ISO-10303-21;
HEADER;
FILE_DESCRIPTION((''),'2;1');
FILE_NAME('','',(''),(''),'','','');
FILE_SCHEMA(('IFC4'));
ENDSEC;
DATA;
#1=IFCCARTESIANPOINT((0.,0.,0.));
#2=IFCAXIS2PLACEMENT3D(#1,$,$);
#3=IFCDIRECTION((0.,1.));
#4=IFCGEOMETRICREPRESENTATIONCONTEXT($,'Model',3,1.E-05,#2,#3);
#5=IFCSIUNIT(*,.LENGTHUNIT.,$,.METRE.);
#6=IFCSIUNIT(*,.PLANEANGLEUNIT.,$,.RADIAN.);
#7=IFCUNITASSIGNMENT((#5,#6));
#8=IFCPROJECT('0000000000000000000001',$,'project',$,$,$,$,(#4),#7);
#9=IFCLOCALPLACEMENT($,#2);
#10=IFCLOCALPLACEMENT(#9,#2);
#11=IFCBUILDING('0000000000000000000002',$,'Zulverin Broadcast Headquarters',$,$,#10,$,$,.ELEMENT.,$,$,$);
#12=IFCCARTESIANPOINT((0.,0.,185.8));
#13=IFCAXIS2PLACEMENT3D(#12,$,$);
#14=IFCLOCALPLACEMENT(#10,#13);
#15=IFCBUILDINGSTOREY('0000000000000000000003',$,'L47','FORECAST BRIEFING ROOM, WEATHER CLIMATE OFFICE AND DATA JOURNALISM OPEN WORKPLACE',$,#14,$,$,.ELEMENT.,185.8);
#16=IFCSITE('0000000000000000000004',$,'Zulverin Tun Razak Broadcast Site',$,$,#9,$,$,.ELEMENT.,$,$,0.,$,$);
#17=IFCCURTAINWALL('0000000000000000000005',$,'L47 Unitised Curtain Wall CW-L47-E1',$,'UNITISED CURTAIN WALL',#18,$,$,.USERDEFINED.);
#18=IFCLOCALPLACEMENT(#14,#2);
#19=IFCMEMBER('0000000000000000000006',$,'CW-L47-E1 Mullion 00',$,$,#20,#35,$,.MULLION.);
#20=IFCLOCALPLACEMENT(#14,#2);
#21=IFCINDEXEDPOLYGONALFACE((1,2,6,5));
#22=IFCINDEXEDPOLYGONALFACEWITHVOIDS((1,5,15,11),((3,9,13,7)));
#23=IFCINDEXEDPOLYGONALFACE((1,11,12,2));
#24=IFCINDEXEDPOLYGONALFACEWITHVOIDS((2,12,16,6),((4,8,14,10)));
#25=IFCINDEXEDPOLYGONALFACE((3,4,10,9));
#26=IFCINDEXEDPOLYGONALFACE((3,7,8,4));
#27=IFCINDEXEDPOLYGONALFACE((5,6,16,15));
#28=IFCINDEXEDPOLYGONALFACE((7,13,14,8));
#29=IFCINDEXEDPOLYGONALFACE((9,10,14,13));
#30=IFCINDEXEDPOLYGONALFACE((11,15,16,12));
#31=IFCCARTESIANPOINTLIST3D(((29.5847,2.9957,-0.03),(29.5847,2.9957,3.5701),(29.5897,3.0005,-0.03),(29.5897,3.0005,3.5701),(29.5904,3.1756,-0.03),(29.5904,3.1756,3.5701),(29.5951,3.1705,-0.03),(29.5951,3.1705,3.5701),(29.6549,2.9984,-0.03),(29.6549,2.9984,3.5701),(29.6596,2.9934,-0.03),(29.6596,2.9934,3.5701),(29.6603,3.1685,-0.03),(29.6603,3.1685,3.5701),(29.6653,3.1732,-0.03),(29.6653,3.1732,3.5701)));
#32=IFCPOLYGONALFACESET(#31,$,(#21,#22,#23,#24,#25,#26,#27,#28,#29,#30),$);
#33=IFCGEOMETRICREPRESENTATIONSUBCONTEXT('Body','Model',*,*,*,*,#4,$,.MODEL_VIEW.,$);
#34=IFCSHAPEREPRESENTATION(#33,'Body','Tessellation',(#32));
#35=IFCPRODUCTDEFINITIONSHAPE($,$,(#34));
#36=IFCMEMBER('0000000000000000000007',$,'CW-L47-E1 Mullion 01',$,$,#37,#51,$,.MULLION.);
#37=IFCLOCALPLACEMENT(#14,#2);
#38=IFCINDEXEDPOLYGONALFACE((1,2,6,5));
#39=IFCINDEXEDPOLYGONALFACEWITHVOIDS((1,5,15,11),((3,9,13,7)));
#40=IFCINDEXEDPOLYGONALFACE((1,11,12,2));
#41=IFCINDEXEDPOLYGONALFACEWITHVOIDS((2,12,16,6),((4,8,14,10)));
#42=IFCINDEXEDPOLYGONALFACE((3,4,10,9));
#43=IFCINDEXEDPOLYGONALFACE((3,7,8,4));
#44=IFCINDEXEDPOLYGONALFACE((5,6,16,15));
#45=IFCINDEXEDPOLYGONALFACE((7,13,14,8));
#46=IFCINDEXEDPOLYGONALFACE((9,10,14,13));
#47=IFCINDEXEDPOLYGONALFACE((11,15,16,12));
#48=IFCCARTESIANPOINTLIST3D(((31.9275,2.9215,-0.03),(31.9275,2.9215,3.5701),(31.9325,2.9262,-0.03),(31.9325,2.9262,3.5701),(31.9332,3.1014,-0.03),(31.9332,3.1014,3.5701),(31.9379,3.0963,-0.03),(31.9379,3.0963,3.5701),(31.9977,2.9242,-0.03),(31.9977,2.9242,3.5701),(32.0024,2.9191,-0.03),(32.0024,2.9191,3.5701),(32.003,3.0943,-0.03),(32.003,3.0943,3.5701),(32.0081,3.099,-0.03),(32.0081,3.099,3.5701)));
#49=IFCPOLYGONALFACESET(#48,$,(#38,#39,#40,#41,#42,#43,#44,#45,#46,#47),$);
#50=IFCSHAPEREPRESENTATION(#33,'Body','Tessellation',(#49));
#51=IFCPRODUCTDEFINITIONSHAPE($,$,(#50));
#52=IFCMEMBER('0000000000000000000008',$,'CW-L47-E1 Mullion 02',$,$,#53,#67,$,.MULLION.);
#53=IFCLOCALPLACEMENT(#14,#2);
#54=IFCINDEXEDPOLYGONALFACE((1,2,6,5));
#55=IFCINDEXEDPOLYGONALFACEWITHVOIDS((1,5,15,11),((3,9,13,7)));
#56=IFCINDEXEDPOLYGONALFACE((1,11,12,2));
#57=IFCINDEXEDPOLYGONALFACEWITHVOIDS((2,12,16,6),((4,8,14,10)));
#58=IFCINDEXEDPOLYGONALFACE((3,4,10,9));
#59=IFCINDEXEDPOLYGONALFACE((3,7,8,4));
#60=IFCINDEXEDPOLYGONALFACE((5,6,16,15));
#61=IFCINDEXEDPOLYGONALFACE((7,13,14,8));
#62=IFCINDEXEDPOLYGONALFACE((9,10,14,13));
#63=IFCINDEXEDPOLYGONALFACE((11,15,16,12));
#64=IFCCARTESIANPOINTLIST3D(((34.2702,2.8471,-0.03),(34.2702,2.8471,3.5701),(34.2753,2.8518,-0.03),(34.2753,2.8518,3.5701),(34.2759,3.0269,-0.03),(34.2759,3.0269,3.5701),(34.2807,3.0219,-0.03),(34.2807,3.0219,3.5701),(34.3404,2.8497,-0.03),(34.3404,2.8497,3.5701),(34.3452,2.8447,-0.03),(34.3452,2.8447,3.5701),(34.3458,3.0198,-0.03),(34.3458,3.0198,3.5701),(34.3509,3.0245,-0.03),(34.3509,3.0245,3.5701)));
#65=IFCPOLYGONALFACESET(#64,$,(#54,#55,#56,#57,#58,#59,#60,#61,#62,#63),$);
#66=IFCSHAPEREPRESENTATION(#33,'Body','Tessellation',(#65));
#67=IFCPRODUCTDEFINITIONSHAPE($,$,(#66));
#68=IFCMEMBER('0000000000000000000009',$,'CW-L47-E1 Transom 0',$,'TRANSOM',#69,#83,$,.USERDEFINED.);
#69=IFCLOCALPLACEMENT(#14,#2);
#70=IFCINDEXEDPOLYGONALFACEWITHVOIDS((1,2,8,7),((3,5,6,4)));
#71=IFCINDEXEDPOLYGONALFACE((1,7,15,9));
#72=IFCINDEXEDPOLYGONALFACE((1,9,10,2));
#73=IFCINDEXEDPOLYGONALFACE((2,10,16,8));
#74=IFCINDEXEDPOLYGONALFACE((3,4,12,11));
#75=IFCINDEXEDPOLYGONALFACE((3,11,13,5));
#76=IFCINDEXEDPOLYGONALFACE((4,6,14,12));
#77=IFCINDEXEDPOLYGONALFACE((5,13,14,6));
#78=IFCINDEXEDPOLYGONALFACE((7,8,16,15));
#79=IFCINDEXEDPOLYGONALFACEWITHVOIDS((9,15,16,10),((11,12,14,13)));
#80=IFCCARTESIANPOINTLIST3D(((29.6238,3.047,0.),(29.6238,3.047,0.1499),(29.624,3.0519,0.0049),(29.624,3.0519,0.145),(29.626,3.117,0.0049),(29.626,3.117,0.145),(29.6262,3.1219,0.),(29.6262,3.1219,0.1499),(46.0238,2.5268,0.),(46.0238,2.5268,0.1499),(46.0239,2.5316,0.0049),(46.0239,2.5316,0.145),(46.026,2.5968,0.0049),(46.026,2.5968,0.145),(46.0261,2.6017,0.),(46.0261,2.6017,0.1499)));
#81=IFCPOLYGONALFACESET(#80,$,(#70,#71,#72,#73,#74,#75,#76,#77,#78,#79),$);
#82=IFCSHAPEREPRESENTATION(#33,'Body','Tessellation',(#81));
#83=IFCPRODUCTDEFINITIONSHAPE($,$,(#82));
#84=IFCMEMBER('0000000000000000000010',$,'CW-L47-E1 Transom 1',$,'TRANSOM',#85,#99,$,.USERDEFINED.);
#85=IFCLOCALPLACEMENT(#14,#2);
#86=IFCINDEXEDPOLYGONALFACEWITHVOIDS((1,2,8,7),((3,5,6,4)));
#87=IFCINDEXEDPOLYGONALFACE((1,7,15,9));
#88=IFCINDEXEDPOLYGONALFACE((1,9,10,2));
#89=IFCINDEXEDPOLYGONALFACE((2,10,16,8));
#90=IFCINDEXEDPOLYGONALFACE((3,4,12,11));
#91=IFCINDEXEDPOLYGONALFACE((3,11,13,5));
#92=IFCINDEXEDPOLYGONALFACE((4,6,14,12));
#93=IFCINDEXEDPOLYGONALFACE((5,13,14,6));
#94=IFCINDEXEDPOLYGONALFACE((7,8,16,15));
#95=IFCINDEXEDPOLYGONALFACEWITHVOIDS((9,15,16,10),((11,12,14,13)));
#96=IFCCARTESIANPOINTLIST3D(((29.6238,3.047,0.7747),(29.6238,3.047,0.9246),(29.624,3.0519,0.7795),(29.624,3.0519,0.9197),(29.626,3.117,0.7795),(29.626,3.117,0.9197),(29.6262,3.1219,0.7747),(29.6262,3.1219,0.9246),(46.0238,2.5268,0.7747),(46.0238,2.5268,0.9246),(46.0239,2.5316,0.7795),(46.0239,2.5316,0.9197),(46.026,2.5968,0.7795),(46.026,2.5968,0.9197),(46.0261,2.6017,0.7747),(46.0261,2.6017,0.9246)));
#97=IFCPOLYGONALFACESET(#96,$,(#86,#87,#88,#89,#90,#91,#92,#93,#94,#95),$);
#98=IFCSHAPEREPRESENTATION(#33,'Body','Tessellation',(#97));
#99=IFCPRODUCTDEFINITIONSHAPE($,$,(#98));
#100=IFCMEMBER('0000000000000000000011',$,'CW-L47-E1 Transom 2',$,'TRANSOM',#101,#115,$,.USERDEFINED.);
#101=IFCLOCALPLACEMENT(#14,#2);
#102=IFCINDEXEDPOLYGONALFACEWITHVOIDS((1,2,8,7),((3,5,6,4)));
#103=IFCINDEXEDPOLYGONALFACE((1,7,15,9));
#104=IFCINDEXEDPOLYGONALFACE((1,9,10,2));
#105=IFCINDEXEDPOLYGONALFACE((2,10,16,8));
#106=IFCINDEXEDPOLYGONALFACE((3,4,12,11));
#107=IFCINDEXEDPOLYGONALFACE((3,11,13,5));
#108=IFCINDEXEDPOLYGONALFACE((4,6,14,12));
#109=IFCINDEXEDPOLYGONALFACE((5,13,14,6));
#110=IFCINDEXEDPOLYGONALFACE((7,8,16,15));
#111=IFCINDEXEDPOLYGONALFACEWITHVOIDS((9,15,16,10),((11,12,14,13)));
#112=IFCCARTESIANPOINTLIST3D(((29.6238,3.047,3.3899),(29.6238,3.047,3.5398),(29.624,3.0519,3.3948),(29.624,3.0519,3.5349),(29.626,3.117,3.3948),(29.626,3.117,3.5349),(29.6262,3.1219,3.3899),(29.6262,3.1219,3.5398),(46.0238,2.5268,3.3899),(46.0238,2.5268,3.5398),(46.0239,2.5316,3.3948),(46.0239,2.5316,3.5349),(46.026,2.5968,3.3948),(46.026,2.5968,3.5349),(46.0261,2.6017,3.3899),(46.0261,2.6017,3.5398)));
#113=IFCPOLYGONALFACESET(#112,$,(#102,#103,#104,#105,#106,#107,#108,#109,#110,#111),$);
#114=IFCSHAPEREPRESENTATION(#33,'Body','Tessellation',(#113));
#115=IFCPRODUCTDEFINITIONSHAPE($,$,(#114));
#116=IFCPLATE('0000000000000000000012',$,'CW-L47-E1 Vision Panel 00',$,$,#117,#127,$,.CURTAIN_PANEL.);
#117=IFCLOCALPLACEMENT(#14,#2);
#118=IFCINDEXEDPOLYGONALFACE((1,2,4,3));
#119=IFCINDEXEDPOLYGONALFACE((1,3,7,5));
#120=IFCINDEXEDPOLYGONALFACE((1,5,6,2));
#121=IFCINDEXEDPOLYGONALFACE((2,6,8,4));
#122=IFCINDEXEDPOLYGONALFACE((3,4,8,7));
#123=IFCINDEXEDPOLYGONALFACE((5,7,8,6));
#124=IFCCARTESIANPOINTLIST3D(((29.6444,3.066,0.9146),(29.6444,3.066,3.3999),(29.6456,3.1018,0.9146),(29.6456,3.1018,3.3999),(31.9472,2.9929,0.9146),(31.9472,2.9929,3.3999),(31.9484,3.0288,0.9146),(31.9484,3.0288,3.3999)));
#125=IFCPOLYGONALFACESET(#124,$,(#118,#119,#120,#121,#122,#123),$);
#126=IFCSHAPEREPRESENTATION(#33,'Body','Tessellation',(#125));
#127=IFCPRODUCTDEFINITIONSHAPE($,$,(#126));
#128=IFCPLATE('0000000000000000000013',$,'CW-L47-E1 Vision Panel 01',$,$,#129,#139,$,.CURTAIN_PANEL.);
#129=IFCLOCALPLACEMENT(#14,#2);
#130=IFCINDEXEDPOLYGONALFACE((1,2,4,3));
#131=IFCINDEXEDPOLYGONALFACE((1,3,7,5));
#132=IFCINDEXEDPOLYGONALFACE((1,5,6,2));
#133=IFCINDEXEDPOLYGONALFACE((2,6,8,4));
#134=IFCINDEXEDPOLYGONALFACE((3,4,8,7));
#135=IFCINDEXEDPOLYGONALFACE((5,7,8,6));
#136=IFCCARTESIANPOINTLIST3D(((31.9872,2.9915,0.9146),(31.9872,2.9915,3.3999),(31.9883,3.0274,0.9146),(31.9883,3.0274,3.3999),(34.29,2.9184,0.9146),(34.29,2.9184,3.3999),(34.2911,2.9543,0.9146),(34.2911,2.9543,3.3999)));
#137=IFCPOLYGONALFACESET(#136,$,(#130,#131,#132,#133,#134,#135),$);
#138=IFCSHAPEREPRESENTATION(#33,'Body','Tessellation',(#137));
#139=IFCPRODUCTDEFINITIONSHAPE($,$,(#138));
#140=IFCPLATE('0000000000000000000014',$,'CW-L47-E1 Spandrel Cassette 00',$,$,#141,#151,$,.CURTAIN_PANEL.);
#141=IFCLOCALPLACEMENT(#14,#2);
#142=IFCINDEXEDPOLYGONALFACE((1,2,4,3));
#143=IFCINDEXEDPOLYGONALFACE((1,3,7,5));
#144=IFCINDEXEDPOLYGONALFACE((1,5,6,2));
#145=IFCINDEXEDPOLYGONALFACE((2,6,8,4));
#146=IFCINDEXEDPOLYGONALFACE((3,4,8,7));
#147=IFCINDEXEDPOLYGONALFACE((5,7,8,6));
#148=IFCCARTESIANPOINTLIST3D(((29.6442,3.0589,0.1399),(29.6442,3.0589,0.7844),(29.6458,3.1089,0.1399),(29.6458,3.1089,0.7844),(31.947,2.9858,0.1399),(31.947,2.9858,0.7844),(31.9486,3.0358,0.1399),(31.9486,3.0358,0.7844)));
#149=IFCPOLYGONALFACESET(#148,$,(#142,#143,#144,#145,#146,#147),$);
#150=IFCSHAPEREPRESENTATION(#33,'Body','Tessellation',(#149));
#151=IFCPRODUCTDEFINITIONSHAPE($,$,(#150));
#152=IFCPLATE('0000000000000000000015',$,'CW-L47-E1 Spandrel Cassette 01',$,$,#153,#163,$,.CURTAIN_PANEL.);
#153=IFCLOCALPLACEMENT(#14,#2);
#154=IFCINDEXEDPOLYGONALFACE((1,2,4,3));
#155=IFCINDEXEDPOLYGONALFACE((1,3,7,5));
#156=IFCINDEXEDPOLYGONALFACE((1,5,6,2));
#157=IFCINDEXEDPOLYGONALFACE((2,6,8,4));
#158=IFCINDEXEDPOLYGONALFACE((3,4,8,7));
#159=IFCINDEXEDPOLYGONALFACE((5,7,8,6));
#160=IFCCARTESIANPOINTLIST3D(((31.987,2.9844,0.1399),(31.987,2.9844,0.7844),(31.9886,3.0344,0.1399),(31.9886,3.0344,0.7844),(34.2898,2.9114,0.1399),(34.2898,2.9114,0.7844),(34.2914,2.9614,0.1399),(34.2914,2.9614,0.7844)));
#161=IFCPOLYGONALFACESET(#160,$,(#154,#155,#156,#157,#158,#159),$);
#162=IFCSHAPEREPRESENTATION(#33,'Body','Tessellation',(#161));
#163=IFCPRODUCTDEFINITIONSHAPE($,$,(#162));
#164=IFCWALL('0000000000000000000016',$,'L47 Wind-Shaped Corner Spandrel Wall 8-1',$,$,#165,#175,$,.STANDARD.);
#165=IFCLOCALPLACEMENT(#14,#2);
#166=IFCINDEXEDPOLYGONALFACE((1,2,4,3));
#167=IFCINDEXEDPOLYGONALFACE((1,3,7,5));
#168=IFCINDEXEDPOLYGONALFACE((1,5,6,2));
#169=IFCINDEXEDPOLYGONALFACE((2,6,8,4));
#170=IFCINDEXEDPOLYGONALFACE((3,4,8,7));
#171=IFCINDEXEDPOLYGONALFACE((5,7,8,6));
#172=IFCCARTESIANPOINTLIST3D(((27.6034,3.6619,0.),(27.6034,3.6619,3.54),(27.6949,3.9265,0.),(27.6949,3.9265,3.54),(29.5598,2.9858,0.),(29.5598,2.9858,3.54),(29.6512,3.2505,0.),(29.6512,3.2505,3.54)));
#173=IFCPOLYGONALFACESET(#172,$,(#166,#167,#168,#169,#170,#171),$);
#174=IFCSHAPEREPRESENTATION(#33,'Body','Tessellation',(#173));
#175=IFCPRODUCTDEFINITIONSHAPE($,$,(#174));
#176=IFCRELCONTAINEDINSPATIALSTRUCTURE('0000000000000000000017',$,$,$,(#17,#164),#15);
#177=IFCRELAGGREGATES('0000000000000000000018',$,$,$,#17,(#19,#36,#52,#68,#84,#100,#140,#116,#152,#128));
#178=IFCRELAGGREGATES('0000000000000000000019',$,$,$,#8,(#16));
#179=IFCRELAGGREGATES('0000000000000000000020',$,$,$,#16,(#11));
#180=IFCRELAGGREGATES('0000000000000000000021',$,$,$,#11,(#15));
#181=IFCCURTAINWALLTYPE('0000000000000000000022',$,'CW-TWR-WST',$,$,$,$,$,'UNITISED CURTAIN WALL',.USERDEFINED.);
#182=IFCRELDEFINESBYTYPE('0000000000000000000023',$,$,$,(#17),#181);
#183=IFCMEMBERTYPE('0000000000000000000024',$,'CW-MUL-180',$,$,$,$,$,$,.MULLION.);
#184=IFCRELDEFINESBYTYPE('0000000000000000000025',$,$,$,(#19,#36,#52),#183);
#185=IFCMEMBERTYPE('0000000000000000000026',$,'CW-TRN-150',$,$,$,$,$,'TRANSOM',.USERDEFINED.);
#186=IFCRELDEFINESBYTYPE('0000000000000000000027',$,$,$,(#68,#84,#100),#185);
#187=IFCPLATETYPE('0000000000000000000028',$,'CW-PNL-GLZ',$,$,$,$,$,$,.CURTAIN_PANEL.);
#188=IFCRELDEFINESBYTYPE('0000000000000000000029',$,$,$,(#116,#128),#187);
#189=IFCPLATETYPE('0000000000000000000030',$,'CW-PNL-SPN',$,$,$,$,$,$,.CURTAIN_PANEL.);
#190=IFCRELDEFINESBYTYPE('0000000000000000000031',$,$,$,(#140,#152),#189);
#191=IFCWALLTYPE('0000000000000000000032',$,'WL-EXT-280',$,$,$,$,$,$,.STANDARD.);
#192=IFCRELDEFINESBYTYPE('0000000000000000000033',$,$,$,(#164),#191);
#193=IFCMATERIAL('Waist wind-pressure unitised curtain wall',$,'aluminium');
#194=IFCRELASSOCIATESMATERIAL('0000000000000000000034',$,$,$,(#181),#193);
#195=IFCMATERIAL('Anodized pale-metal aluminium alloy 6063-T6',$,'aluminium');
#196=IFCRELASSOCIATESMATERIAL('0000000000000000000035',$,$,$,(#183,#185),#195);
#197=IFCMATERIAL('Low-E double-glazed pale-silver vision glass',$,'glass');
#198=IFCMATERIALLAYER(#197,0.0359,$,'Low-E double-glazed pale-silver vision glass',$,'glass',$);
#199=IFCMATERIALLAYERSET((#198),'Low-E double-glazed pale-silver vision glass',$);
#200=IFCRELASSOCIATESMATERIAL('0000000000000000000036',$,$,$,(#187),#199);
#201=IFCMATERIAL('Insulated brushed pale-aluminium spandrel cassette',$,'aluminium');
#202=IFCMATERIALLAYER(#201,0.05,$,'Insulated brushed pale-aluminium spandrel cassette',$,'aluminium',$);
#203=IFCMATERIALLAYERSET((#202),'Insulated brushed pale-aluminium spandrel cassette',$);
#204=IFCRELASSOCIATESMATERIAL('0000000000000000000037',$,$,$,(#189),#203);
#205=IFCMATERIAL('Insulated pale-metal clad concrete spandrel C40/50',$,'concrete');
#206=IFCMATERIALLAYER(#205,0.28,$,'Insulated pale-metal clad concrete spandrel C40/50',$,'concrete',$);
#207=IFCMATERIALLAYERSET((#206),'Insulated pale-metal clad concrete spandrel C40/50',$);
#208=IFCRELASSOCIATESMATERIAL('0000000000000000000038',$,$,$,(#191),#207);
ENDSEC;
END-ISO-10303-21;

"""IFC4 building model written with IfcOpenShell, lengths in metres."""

from ifc_helpers import new_model, si_unit, direction, frame, frame_2d, origin, origin_2d, place, context, subcontext, project, spatial, rectangle, hollow_rectangle, extrude, material, layer, layer_set, material_profile, profile_set, type_object, element, aggregate, save


model = new_model("IFC4")

# Units and contexts
model_context = context("Model", 3, precision=1e-05, world=origin(), true_north=direction((0.0, 1.0)))
body_context = subcontext(model_context, "Body", "Model", "MODEL_VIEW")
ifc_project = project(units=[si_unit("LENGTHUNIT", "METRE"), si_unit("PLANEANGLEUNIT", "RADIAN")], contexts=[model_context])

# Site, building, storey
site_placement = place(None, origin())
site = spatial("IfcSite", under=ifc_project, at=site_placement, Name="Zulverin Tun Razak Broadcast Site", CompositionType="ELEMENT", RefElevation=0.0)
building_placement = place(site_placement, origin())
building = spatial("IfcBuilding", under=site, at=building_placement, Name="Zulverin Broadcast Headquarters", CompositionType="ELEMENT")
storey_placement = place(building_placement, frame((0.0, 0.0, 185.8)))
storey = spatial("IfcBuildingStorey", under=building, at=storey_placement, Name="L47", Description="FORECAST BRIEFING ROOM, WEATHER CLIMATE OFFICE AND DATA JOURNALISM OPEN WORKPLACE", CompositionType="ELEMENT", Elevation=185.8)

# Curtain wall, members, plates
ifc_material_1 = material(Name="Waist wind-pressure unitised curtain wall", Category="aluminium")
curtain_wall_type = type_object("IfcCurtainWallType", Name="CW-TWR-WST", ElementType="UNITISED CURTAIN WALL", PredefinedType="USERDEFINED", material=ifc_material_1)
curtain_wall_placement = place(storey_placement, origin())
curtain_wall = element("IfcCurtainWall", 1, at=curtain_wall_placement, inside=storey, type_object=curtain_wall_type, Name="L47 Unitised Curtain Wall CW-L47-E1", ObjectType="UNITISED CURTAIN WALL", PredefinedType="USERDEFINED")
ifc_material_2 = material(Name="Anodized pale-metal aluminium alloy 6063-T6", Category="aluminium")
ifc_material_profile_1 = material_profile(ifc_material_2, hollow_rectangle(XDim=0.075, YDim=0.1799, WallThickness=0.0049, at=origin_2d()), Name="Anodized pale-metal aluminium alloy 6063-T6", Category="aluminium")
ifc_profile_set_1 = profile_set([ifc_material_profile_1], Name="Anodized pale-metal aluminium alloy 6063-T6")
member_type_1 = type_object("IfcMemberType", Name="CW-MUL-180", PredefinedType="MULLION", material=ifc_profile_set_1)
member_1_placement = place(storey_placement, frame((29.625, 3.0845, -0.03), z_axis=(0.0, 0.0, 1.0), x_axis=(0.999497, -0.031709, 0.0)))
member_1 = element("IfcMember", 2, at=member_1_placement, type_object=member_type_1, Name="CW-L47-E1 Mullion 00", PredefinedType="MULLION", context=body_context, shape_type="SweptSolid", body=[
    extrude(hollow_rectangle(XDim=0.075, YDim=0.1799, WallThickness=0.0049, at=origin_2d()), origin(), (0.0, 0.0, 1.0), 3.6001),
])
member_2_placement = place(storey_placement, frame((31.9678, 3.0103, -0.03), z_axis=(0.0, 0.0, 1.0), x_axis=(0.999497, -0.031709, 0.0)))
member_2 = element("IfcMember", 3, at=member_2_placement, type_object=member_type_1, Name="CW-L47-E1 Mullion 01", PredefinedType="MULLION", context=body_context, shape_type="SweptSolid", body=[
    extrude(hollow_rectangle(XDim=0.075, YDim=0.1799, WallThickness=0.0049, at=origin_2d()), origin(), (0.0, 0.0, 1.0), 3.6001),
])
member_3_placement = place(storey_placement, frame((34.3105, 2.9358, -0.03), z_axis=(0.0, 0.0, 1.0), x_axis=(0.999497, -0.031709, 0.0)))
member_3 = element("IfcMember", 4, at=member_3_placement, type_object=member_type_1, Name="CW-L47-E1 Mullion 02", PredefinedType="MULLION", context=body_context, shape_type="SweptSolid", body=[
    extrude(hollow_rectangle(XDim=0.075, YDim=0.1799, WallThickness=0.0049, at=origin_2d()), origin(), (0.0, 0.0, 1.0), 3.6001),
])
ifc_material_profile_2 = material_profile(ifc_material_2, hollow_rectangle(XDim=0.075, YDim=0.1499, WallThickness=0.0049, at=origin_2d()), Name="Anodized pale-metal aluminium alloy 6063-T6", Category="aluminium")
ifc_profile_set_2 = profile_set([ifc_material_profile_2], Name="Anodized pale-metal aluminium alloy 6063-T6")
member_type_2 = type_object("IfcMemberType", Name="CW-TRN-150", ElementType="TRANSOM", PredefinedType="USERDEFINED", material=ifc_profile_set_2)
member_4_placement = place(storey_placement, frame((29.625, 3.0845, 0.075), z_axis=(0.999497, -0.031708, 0.0), x_axis=(0.031708, 0.999497, 0.0)))
member_4 = element("IfcMember", 5, at=member_4_placement, type_object=member_type_2, Name="CW-L47-E1 Transom 0", ObjectType="TRANSOM", PredefinedType="USERDEFINED", context=body_context, shape_type="SweptSolid", body=[
    extrude(hollow_rectangle(XDim=0.075, YDim=0.1499, WallThickness=0.0049, at=origin_2d()), origin(), (0.0, 0.0, 1.0), 16.4082),
])
member_5_placement = place(storey_placement, frame((29.625, 3.0845, 0.8496), z_axis=(0.999497, -0.031708, 0.0), x_axis=(0.031708, 0.999497, 0.0)))
member_5 = element("IfcMember", 6, at=member_5_placement, type_object=member_type_2, Name="CW-L47-E1 Transom 1", ObjectType="TRANSOM", PredefinedType="USERDEFINED", context=body_context, shape_type="SweptSolid", body=[
    extrude(hollow_rectangle(XDim=0.075, YDim=0.1499, WallThickness=0.0049, at=origin_2d()), origin(), (0.0, 0.0, 1.0), 16.4082),
])
member_6_placement = place(storey_placement, frame((29.625, 3.0845, 3.4648), z_axis=(0.999497, -0.031708, 0.0), x_axis=(0.031708, 0.999497, 0.0)))
member_6 = element("IfcMember", 7, at=member_6_placement, type_object=member_type_2, Name="CW-L47-E1 Transom 2", ObjectType="TRANSOM", PredefinedType="USERDEFINED", context=body_context, shape_type="SweptSolid", body=[
    extrude(hollow_rectangle(XDim=0.075, YDim=0.1499, WallThickness=0.0049, at=origin_2d()), origin(), (0.0, 0.0, 1.0), 16.4082),
])
ifc_material_3 = material(Name="Low-E double-glazed pale-silver vision glass", Category="glass")
ifc_layer_1 = layer(ifc_material_3, 0.0359, Name="Low-E double-glazed pale-silver vision glass", Category="glass")
ifc_layer_set_1 = layer_set([ifc_layer_1], Name="Low-E double-glazed pale-silver vision glass")
plate_type_1 = type_object("IfcPlateType", Name="CW-PNL-GLZ", PredefinedType="CURTAIN_PANEL", material=ifc_layer_set_1)
plate_1_placement = place(storey_placement, frame((30.7964, 3.0474, 0.9146), z_axis=(0.0, 0.0, 1.0), x_axis=(0.999497, -0.031709, 0.0)))
plate_1 = element("IfcPlate", 8, at=plate_1_placement, type_object=plate_type_1, Name="CW-L47-E1 Vision Panel 00", PredefinedType="CURTAIN_PANEL", context=body_context, shape_type="SweptSolid", body=[
    extrude(rectangle(XDim=2.304, YDim=0.0359, at=origin_2d()), origin(), (0.0, 0.0, 1.0), 2.4854),
])
plate_2_placement = place(storey_placement, frame((33.1392, 2.9729, 0.9146), z_axis=(0.0, 0.0, 1.0), x_axis=(0.999497, -0.031709, 0.0)))
plate_2 = element("IfcPlate", 9, at=plate_2_placement, type_object=plate_type_1, Name="CW-L47-E1 Vision Panel 01", PredefinedType="CURTAIN_PANEL", context=body_context, shape_type="SweptSolid", body=[
    extrude(rectangle(XDim=2.304, YDim=0.0359, at=origin_2d()), origin(), (0.0, 0.0, 1.0), 2.4854),
])
ifc_material_4 = material(Name="Insulated brushed pale-aluminium spandrel cassette", Category="aluminium")
ifc_layer_2 = layer(ifc_material_4, 0.05, Name="Insulated brushed pale-aluminium spandrel cassette", Category="aluminium")
ifc_layer_set_2 = layer_set([ifc_layer_2], Name="Insulated brushed pale-aluminium spandrel cassette")
plate_type_2 = type_object("IfcPlateType", Name="CW-PNL-SPN", PredefinedType="CURTAIN_PANEL", material=ifc_layer_set_2)
plate_3_placement = place(storey_placement, frame((30.7964, 3.0474, 0.1399), z_axis=(0.0, 0.0, 1.0), x_axis=(0.999497, -0.031709, 0.0)))
plate_3 = element("IfcPlate", 10, at=plate_3_placement, type_object=plate_type_2, Name="CW-L47-E1 Spandrel Cassette 00", PredefinedType="CURTAIN_PANEL", context=body_context, shape_type="SweptSolid", body=[
    extrude(rectangle(XDim=2.304, YDim=0.05, at=origin_2d()), origin(), (0.0, 0.0, 1.0), 0.6445),
])
plate_4_placement = place(storey_placement, frame((33.1392, 2.9729, 0.1399), z_axis=(0.0, 0.0, 1.0), x_axis=(0.999497, -0.031709, 0.0)))
plate_4 = element("IfcPlate", 11, at=plate_4_placement, type_object=plate_type_2, Name="CW-L47-E1 Spandrel Cassette 01", PredefinedType="CURTAIN_PANEL", context=body_context, shape_type="SweptSolid", body=[
    extrude(rectangle(XDim=2.304, YDim=0.05, at=origin_2d()), origin(), (0.0, 0.0, 1.0), 0.6445),
])
aggregate(curtain_wall, [member_1, member_2, member_3, member_4, member_5, member_6, plate_3, plate_1, plate_4, plate_2])

# Wall
ifc_material_5 = material(Name="Insulated pale-metal clad concrete spandrel C40/50", Category="concrete")
ifc_layer_3 = layer(ifc_material_5, 0.28, Name="Insulated pale-metal clad concrete spandrel C40/50", Category="concrete")
ifc_layer_set_3 = layer_set([ifc_layer_3], Name="Insulated pale-metal clad concrete spandrel C40/50")
wall_type_1 = type_object("IfcWallType", Name="WL-EXT-280", PredefinedType="STANDARD", material=ifc_layer_set_3)
wall_1_placement = place(storey_placement, frame((27.6492, 3.7942, 0.0), z_axis=(0.0, 0.0, 1.0), x_axis=(0.945158, -0.326612, 0.0)))
element("IfcWall", 12, at=wall_1_placement, inside=storey, type_object=wall_type_1, Name="L47 Wind-Shaped Corner Spandrel Wall 8-1", PredefinedType="STANDARD", context=body_context, shape_type="SweptSolid", body=[
    extrude(rectangle(XDim=2.0698, YDim=0.28, at=frame_2d((1.0349, 0.0))), origin(), (0.0, 0.0, 1.0), 3.54),
])

save(model, "model.ifc")
